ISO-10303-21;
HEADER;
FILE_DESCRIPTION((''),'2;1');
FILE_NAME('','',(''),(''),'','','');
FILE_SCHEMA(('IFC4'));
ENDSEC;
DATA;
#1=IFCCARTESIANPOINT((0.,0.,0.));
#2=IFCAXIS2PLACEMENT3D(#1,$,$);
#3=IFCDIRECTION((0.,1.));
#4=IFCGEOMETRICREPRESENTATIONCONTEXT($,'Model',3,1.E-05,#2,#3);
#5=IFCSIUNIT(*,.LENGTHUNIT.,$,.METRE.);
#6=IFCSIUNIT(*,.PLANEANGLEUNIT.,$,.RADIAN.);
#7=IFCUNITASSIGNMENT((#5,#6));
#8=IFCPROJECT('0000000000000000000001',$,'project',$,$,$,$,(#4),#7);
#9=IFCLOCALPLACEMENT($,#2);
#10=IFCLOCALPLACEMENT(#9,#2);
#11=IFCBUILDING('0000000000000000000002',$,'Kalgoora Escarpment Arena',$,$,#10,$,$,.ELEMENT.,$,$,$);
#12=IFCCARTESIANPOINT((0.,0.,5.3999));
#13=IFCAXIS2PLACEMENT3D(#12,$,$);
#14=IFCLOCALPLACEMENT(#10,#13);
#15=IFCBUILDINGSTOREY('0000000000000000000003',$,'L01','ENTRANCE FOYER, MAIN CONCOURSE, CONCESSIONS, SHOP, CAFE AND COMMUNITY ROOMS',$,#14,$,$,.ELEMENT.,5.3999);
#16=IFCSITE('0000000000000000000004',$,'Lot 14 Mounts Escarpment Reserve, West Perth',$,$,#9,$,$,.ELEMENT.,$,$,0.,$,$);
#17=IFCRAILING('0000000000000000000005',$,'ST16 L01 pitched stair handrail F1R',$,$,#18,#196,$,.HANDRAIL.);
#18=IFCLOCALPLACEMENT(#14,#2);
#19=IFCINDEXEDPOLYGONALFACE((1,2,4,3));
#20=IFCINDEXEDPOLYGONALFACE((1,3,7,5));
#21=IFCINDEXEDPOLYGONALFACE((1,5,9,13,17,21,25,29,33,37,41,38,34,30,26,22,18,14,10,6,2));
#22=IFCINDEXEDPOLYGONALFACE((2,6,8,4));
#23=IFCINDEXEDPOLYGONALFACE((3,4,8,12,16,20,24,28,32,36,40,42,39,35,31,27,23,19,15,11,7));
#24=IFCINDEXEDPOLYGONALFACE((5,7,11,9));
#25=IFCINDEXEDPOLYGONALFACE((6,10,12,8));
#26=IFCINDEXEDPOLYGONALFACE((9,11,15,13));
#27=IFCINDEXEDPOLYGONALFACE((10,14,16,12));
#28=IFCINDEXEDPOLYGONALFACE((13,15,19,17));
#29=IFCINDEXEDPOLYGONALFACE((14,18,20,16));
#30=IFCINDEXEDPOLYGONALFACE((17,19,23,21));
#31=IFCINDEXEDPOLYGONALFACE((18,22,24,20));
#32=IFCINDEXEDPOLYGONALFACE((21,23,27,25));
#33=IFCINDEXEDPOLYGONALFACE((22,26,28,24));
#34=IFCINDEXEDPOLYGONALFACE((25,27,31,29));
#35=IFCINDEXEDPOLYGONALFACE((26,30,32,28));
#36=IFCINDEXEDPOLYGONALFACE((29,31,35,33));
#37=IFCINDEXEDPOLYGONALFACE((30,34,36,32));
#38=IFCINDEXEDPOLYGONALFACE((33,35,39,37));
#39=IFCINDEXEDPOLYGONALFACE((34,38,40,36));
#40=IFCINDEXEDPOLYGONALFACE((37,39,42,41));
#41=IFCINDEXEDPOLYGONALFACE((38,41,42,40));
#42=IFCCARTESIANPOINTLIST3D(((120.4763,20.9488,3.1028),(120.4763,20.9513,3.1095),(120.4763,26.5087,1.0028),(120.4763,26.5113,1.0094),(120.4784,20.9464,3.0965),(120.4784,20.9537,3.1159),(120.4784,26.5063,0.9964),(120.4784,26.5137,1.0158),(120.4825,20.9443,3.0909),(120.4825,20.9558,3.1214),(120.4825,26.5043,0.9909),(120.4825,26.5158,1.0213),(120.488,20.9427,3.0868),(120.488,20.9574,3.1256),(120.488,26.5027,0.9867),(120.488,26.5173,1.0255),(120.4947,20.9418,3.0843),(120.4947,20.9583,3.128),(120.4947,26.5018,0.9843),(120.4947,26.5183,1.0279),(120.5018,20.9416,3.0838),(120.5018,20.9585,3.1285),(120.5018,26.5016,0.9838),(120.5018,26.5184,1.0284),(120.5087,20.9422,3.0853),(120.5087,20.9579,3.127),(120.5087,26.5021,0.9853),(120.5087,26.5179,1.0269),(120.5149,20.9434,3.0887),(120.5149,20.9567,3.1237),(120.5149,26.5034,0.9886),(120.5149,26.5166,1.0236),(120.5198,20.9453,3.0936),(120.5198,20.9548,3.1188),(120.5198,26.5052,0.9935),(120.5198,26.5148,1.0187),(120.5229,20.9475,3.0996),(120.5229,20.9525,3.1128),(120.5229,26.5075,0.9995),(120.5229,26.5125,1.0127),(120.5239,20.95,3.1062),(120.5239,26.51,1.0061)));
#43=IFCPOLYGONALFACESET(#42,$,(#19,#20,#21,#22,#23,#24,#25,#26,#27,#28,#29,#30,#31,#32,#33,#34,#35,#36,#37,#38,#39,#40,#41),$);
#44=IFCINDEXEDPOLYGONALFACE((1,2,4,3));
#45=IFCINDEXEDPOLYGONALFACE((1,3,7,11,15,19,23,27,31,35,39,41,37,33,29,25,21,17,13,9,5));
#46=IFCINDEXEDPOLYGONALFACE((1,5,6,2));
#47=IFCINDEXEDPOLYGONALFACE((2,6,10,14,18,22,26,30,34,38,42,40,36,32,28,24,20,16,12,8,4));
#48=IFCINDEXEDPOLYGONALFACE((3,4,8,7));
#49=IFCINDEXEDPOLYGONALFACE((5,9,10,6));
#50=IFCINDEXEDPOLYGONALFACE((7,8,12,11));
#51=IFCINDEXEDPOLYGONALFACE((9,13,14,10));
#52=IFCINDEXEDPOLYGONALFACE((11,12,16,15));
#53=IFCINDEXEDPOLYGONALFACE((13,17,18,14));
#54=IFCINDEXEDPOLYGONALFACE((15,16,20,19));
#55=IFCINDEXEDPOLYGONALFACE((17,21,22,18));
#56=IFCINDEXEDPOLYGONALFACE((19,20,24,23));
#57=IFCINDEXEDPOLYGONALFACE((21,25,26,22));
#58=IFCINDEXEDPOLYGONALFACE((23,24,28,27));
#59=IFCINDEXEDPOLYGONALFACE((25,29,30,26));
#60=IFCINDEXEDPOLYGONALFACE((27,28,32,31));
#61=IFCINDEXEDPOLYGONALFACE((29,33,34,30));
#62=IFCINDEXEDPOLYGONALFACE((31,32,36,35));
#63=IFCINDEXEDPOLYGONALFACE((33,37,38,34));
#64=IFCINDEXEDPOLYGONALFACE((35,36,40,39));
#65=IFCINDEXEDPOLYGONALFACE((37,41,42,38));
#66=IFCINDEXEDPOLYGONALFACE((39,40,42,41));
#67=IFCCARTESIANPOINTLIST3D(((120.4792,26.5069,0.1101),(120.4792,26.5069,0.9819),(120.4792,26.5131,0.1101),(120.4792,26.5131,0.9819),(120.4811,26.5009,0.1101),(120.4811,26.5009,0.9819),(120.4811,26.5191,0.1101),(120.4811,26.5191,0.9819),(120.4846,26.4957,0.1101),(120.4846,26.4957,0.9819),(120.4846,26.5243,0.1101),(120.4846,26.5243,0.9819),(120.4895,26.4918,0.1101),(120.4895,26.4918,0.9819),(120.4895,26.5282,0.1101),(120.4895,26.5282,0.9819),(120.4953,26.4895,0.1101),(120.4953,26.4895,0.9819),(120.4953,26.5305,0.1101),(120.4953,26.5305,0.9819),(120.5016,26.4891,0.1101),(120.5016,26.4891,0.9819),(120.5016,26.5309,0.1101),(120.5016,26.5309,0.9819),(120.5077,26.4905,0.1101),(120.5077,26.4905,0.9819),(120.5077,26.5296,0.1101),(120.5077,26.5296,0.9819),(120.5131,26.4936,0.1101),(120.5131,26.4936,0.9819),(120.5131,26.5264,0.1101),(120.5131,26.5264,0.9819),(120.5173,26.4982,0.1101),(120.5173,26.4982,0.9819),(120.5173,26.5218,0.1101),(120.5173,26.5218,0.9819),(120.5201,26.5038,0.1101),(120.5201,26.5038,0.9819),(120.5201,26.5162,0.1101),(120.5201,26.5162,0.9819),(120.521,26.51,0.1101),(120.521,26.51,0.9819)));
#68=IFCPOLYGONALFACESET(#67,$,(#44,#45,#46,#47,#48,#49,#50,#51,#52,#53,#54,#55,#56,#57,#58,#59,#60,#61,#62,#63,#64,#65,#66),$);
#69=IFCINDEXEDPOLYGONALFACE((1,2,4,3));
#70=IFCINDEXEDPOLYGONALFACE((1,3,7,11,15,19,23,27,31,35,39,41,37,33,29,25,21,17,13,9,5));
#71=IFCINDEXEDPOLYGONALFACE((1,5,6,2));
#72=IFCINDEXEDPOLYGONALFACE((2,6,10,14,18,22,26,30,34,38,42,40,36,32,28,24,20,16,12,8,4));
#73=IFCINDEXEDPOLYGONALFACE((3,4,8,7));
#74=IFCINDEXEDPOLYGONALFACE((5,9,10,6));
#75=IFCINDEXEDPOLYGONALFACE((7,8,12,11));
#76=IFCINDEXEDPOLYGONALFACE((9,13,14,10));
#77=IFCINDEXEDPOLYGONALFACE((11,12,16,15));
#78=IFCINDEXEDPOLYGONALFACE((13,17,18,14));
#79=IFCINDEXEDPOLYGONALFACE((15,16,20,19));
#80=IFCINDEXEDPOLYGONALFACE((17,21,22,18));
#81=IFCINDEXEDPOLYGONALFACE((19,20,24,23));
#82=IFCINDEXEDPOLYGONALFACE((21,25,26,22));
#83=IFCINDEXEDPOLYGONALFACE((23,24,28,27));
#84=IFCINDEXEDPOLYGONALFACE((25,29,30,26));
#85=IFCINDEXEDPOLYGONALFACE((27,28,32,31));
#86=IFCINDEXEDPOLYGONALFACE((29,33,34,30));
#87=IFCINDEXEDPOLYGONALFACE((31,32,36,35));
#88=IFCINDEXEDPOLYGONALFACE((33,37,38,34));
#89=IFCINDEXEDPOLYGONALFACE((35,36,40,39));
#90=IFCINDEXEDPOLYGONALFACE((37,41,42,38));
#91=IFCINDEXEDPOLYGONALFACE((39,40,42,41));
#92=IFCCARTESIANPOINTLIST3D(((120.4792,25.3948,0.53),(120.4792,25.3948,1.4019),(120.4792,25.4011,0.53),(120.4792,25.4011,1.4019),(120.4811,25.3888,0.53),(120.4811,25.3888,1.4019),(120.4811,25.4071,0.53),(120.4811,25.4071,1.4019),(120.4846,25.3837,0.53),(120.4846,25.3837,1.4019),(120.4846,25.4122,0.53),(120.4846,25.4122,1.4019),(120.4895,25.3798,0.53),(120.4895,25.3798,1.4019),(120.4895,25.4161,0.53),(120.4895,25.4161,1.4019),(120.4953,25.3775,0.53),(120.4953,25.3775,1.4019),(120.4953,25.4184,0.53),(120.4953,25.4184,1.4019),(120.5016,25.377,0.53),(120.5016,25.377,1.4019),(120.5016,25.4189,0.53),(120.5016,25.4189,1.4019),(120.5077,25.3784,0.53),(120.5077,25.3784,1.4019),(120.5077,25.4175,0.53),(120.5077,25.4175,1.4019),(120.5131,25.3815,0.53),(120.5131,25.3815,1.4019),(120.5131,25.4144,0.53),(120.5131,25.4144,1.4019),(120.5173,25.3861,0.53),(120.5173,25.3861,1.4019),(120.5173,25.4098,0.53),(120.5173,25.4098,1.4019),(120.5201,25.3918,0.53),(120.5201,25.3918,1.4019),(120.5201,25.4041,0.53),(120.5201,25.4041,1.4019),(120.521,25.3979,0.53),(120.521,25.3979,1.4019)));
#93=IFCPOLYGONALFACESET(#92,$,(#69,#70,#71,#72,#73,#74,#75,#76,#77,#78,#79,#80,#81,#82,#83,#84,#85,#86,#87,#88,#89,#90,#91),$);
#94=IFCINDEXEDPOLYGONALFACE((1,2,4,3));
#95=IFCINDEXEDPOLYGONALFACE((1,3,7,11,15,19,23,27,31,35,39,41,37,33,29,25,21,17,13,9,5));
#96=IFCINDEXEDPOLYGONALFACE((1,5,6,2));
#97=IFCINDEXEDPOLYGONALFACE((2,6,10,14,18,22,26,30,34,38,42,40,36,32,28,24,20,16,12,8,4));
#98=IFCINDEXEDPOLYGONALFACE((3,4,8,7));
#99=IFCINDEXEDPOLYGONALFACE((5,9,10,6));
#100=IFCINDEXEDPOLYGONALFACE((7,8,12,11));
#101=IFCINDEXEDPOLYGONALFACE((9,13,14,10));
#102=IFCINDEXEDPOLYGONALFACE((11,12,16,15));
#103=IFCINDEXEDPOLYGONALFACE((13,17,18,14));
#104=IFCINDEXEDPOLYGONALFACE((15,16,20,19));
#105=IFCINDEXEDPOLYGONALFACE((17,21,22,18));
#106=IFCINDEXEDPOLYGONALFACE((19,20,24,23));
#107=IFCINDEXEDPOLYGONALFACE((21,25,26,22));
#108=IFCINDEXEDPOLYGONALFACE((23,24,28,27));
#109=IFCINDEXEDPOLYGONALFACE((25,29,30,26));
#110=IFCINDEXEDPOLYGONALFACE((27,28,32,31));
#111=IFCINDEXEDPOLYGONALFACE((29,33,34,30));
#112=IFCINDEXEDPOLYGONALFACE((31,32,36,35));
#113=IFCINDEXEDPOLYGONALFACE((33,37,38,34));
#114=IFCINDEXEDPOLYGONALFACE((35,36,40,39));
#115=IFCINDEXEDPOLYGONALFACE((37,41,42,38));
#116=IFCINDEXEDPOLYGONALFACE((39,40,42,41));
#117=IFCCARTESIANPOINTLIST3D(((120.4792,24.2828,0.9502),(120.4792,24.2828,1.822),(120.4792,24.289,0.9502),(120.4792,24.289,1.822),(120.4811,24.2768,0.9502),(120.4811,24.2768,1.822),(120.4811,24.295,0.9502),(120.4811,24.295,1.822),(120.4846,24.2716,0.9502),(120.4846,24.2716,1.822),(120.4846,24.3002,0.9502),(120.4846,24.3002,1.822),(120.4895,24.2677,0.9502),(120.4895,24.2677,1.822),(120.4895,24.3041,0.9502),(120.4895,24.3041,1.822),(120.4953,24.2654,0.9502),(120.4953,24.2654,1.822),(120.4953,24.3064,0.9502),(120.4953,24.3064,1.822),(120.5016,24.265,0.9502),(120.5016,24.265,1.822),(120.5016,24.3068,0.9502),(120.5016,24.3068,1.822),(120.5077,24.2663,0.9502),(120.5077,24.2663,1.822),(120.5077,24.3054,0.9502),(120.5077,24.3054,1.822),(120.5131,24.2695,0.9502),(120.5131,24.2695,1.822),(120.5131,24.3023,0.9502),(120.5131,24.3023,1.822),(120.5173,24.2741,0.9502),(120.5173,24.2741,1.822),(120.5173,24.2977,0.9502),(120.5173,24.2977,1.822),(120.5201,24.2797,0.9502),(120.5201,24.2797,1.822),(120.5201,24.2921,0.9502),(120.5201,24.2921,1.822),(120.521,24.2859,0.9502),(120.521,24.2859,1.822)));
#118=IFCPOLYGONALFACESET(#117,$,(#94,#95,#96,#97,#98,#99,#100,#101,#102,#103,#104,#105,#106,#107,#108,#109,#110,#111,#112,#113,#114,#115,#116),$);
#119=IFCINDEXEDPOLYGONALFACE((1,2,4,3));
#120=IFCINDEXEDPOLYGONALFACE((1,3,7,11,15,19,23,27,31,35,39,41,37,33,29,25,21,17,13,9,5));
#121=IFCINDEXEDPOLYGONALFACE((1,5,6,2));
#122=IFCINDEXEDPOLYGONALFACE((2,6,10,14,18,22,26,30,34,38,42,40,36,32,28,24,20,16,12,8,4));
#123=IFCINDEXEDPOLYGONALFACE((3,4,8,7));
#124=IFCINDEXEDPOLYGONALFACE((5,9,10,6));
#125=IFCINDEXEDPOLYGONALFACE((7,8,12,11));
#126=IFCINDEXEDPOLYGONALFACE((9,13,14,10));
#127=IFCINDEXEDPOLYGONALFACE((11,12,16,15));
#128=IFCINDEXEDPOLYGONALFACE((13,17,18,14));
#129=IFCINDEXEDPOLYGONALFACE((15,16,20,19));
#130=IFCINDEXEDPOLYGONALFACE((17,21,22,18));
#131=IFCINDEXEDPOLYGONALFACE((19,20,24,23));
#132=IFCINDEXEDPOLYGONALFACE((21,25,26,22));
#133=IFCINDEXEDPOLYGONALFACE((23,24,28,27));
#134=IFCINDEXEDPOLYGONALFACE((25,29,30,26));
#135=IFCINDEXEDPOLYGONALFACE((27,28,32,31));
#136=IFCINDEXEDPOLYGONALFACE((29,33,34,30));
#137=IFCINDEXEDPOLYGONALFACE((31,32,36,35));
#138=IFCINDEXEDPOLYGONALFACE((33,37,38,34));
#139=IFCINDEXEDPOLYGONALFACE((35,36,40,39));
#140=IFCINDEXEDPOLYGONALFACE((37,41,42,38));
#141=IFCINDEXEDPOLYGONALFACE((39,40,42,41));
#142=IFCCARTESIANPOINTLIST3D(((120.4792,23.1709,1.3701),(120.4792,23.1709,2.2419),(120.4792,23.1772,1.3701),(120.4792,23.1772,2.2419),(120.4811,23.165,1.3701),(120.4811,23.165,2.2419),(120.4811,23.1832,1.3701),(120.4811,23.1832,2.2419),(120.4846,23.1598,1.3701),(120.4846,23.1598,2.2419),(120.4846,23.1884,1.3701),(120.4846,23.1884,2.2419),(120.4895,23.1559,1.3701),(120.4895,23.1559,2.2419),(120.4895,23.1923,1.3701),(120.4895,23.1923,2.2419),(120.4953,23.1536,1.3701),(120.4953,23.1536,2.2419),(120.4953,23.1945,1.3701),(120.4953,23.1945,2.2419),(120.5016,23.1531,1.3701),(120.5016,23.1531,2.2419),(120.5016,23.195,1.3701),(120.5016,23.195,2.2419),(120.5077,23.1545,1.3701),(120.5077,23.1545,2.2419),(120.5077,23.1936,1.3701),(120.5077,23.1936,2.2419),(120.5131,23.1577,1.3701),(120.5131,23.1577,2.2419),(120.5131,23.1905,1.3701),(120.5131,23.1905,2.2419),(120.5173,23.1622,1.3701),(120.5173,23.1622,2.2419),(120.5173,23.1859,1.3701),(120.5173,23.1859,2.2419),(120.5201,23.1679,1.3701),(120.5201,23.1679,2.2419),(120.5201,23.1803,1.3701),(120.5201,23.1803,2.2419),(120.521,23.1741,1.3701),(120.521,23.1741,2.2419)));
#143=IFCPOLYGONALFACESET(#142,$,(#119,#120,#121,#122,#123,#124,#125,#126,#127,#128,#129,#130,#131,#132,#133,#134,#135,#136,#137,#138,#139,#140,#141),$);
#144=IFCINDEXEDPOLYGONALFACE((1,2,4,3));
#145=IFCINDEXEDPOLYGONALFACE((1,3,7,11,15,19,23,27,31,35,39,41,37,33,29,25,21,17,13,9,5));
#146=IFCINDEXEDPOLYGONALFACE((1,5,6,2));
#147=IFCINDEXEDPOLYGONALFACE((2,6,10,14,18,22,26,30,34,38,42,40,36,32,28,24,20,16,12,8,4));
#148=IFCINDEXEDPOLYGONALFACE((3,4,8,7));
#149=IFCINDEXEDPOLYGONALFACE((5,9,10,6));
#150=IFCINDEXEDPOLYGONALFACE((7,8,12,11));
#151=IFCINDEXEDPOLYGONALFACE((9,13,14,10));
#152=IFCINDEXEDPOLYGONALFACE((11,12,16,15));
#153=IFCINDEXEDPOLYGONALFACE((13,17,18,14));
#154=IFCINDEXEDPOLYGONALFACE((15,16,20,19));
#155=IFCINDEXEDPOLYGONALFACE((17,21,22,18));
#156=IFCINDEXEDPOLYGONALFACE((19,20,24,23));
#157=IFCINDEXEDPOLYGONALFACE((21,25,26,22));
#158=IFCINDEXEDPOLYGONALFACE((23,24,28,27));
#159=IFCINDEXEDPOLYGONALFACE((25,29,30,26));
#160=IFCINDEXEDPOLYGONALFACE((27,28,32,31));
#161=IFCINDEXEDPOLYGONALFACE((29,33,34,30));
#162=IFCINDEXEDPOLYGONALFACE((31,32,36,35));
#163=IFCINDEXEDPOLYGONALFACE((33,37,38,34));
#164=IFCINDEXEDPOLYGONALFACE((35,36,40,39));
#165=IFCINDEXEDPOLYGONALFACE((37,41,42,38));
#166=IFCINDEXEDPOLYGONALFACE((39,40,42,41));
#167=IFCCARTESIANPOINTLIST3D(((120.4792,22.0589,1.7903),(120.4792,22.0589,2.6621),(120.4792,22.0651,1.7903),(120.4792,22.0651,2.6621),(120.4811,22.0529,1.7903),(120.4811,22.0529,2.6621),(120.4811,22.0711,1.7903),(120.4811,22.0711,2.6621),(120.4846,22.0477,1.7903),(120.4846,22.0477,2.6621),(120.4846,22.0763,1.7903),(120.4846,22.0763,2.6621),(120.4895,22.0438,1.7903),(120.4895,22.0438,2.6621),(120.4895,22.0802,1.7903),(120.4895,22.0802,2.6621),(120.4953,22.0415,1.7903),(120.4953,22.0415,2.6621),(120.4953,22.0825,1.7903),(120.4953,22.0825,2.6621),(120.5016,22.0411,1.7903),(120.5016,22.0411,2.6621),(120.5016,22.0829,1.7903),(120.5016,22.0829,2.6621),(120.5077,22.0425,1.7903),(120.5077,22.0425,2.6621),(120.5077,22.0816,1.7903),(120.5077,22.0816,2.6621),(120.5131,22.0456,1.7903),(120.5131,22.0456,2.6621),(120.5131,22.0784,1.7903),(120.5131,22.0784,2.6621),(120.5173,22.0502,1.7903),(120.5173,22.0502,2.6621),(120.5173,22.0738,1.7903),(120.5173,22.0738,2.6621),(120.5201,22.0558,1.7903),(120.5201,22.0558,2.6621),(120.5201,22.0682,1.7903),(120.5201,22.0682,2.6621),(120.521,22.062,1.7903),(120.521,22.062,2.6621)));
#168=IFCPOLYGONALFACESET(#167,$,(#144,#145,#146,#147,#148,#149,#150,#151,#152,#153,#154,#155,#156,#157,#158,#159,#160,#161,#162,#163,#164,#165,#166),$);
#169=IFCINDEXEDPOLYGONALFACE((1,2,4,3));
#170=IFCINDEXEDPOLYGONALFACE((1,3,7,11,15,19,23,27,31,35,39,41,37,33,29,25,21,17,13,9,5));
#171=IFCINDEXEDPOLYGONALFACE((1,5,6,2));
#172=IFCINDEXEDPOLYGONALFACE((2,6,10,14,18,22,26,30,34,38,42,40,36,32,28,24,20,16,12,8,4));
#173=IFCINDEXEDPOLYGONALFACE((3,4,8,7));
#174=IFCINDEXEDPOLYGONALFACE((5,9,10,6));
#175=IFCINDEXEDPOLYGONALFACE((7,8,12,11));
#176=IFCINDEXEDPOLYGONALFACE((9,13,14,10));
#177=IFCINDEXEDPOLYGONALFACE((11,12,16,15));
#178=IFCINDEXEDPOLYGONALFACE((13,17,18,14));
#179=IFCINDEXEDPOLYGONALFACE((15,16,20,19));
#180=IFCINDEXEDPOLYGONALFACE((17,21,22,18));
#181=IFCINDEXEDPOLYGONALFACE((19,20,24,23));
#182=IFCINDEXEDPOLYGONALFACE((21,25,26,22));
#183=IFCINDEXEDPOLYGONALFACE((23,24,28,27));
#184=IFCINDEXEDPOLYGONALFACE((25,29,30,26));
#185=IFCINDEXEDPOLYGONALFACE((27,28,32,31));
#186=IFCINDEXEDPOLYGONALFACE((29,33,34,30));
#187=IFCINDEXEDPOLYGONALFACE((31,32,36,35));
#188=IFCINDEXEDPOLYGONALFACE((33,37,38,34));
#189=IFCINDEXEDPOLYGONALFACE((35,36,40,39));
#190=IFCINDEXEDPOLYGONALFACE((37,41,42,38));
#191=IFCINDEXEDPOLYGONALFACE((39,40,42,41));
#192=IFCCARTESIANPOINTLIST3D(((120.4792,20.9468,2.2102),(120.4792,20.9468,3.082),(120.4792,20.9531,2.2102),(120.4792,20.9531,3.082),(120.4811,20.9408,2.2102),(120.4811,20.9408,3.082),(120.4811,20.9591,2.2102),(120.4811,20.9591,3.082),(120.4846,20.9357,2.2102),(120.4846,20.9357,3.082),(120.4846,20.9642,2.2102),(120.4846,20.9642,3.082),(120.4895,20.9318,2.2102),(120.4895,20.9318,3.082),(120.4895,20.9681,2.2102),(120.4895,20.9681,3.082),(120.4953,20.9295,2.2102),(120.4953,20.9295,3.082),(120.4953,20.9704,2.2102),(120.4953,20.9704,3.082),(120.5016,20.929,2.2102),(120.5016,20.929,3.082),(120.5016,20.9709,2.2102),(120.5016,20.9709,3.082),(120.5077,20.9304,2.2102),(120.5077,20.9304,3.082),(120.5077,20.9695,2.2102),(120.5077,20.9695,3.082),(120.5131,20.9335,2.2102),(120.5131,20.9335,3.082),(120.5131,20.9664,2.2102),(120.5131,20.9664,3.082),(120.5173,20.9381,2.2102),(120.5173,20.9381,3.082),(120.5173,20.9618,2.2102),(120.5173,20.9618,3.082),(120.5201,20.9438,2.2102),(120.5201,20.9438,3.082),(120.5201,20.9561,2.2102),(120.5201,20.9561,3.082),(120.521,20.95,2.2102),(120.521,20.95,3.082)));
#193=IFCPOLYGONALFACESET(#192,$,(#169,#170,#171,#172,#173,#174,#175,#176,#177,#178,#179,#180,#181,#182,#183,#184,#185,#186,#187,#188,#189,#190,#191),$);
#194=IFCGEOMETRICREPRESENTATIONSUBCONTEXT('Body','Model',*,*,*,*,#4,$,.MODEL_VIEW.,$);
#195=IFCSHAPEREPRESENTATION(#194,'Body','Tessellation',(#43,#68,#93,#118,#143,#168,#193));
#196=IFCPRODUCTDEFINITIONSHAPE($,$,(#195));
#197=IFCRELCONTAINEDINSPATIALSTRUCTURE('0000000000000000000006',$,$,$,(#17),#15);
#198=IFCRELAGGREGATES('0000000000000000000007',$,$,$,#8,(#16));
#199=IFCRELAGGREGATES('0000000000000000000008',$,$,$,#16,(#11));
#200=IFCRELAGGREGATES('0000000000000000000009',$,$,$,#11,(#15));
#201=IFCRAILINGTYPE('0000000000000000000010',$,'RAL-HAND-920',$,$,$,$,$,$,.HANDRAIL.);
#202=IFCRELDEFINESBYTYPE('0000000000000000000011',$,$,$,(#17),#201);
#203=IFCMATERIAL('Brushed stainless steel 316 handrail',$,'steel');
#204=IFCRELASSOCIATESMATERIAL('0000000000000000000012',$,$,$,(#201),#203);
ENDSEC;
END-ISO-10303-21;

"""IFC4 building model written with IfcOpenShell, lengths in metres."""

from ifc_helpers import new_model, si_unit, direction, frame, origin, origin_2d, place, context, subcontext, project, spatial, circle, extrude, material, type_object, element, save


model = new_model("IFC4")

# Units and contexts
model_context = context("Model", 3, precision=1e-05, world=origin(), true_north=direction((0.0, 1.0)))
body_context = subcontext(model_context, "Body", "Model", "MODEL_VIEW")
ifc_project = project(units=[si_unit("LENGTHUNIT", "METRE"), si_unit("PLANEANGLEUNIT", "RADIAN")], contexts=[model_context])

# Site, building, storey
site_placement = place(None, origin())
site = spatial("IfcSite", under=ifc_project, at=site_placement, Name="Lot 14 Mounts Escarpment Reserve, West Perth", CompositionType="ELEMENT", RefElevation=0.0)
building_placement = place(site_placement, origin())
building = spatial("IfcBuilding", under=site, at=building_placement, Name="Kalgoora Escarpment Arena", CompositionType="ELEMENT")
storey_placement = place(building_placement, frame((0.0, 0.0, 5.3999)))
storey = spatial("IfcBuildingStorey", under=building, at=storey_placement, Name="L01", Description="ENTRANCE FOYER, MAIN CONCOURSE, CONCESSIONS, SHOP, CAFE AND COMMUNITY ROOMS", CompositionType="ELEMENT", Elevation=5.3999)

# Railing
ifc_material_1 = material(Name="Brushed stainless steel 316 handrail", Category="steel")
railing_type_1 = type_object("IfcRailingType", Name="RAL-HAND-920", PredefinedType="HANDRAIL", material=ifc_material_1)
for number, where, name in (
    (1, (120.5, 26.51, 0.1101), "ST16 L01 pitched stair handrail F1R"),
):
    element("IfcRailing", number, at=place(storey_placement, frame(where)), inside=storey, type_object=railing_type_1, Name=name, PredefinedType="HANDRAIL", context=body_context, shape_type="SweptSolid", body=[
        extrude(circle(Radius=0.0239, at=origin_2d()), frame((0.0, 0.0, 0.896), z_axis=(0.0, -0.935493, 0.353346), x_axis=(1.0, 0.0, 0.0)), (0.0, 0.0, 1.0), 5.9434),
        extrude(circle(Radius=0.021, at=origin_2d()), origin(), (0.0, 0.0, 1.0), 0.8718),
        extrude(circle(Radius=0.021, at=origin_2d()), frame((0.0, -1.1121, 0.4199)), (0.0, 0.0, 1.0), 0.8718),
        extrude(circle(Radius=0.021, at=origin_2d()), frame((0.0, -2.2241, 0.8401)), (0.0, 0.0, 1.0), 0.8718),
        extrude(circle(Radius=0.021, at=origin_2d()), frame((0.0, -3.3359, 1.26)), (0.0, 0.0, 1.0), 0.8718),
        extrude(circle(Radius=0.021, at=origin_2d()), frame((0.0, -4.448, 1.6802)), (0.0, 0.0, 1.0), 0.8718),
        extrude(circle(Radius=0.021, at=origin_2d()), frame((0.0, -5.5601, 2.1001)), (0.0, 0.0, 1.0), 0.8718),
    ])

save(model, "model.ifc")
